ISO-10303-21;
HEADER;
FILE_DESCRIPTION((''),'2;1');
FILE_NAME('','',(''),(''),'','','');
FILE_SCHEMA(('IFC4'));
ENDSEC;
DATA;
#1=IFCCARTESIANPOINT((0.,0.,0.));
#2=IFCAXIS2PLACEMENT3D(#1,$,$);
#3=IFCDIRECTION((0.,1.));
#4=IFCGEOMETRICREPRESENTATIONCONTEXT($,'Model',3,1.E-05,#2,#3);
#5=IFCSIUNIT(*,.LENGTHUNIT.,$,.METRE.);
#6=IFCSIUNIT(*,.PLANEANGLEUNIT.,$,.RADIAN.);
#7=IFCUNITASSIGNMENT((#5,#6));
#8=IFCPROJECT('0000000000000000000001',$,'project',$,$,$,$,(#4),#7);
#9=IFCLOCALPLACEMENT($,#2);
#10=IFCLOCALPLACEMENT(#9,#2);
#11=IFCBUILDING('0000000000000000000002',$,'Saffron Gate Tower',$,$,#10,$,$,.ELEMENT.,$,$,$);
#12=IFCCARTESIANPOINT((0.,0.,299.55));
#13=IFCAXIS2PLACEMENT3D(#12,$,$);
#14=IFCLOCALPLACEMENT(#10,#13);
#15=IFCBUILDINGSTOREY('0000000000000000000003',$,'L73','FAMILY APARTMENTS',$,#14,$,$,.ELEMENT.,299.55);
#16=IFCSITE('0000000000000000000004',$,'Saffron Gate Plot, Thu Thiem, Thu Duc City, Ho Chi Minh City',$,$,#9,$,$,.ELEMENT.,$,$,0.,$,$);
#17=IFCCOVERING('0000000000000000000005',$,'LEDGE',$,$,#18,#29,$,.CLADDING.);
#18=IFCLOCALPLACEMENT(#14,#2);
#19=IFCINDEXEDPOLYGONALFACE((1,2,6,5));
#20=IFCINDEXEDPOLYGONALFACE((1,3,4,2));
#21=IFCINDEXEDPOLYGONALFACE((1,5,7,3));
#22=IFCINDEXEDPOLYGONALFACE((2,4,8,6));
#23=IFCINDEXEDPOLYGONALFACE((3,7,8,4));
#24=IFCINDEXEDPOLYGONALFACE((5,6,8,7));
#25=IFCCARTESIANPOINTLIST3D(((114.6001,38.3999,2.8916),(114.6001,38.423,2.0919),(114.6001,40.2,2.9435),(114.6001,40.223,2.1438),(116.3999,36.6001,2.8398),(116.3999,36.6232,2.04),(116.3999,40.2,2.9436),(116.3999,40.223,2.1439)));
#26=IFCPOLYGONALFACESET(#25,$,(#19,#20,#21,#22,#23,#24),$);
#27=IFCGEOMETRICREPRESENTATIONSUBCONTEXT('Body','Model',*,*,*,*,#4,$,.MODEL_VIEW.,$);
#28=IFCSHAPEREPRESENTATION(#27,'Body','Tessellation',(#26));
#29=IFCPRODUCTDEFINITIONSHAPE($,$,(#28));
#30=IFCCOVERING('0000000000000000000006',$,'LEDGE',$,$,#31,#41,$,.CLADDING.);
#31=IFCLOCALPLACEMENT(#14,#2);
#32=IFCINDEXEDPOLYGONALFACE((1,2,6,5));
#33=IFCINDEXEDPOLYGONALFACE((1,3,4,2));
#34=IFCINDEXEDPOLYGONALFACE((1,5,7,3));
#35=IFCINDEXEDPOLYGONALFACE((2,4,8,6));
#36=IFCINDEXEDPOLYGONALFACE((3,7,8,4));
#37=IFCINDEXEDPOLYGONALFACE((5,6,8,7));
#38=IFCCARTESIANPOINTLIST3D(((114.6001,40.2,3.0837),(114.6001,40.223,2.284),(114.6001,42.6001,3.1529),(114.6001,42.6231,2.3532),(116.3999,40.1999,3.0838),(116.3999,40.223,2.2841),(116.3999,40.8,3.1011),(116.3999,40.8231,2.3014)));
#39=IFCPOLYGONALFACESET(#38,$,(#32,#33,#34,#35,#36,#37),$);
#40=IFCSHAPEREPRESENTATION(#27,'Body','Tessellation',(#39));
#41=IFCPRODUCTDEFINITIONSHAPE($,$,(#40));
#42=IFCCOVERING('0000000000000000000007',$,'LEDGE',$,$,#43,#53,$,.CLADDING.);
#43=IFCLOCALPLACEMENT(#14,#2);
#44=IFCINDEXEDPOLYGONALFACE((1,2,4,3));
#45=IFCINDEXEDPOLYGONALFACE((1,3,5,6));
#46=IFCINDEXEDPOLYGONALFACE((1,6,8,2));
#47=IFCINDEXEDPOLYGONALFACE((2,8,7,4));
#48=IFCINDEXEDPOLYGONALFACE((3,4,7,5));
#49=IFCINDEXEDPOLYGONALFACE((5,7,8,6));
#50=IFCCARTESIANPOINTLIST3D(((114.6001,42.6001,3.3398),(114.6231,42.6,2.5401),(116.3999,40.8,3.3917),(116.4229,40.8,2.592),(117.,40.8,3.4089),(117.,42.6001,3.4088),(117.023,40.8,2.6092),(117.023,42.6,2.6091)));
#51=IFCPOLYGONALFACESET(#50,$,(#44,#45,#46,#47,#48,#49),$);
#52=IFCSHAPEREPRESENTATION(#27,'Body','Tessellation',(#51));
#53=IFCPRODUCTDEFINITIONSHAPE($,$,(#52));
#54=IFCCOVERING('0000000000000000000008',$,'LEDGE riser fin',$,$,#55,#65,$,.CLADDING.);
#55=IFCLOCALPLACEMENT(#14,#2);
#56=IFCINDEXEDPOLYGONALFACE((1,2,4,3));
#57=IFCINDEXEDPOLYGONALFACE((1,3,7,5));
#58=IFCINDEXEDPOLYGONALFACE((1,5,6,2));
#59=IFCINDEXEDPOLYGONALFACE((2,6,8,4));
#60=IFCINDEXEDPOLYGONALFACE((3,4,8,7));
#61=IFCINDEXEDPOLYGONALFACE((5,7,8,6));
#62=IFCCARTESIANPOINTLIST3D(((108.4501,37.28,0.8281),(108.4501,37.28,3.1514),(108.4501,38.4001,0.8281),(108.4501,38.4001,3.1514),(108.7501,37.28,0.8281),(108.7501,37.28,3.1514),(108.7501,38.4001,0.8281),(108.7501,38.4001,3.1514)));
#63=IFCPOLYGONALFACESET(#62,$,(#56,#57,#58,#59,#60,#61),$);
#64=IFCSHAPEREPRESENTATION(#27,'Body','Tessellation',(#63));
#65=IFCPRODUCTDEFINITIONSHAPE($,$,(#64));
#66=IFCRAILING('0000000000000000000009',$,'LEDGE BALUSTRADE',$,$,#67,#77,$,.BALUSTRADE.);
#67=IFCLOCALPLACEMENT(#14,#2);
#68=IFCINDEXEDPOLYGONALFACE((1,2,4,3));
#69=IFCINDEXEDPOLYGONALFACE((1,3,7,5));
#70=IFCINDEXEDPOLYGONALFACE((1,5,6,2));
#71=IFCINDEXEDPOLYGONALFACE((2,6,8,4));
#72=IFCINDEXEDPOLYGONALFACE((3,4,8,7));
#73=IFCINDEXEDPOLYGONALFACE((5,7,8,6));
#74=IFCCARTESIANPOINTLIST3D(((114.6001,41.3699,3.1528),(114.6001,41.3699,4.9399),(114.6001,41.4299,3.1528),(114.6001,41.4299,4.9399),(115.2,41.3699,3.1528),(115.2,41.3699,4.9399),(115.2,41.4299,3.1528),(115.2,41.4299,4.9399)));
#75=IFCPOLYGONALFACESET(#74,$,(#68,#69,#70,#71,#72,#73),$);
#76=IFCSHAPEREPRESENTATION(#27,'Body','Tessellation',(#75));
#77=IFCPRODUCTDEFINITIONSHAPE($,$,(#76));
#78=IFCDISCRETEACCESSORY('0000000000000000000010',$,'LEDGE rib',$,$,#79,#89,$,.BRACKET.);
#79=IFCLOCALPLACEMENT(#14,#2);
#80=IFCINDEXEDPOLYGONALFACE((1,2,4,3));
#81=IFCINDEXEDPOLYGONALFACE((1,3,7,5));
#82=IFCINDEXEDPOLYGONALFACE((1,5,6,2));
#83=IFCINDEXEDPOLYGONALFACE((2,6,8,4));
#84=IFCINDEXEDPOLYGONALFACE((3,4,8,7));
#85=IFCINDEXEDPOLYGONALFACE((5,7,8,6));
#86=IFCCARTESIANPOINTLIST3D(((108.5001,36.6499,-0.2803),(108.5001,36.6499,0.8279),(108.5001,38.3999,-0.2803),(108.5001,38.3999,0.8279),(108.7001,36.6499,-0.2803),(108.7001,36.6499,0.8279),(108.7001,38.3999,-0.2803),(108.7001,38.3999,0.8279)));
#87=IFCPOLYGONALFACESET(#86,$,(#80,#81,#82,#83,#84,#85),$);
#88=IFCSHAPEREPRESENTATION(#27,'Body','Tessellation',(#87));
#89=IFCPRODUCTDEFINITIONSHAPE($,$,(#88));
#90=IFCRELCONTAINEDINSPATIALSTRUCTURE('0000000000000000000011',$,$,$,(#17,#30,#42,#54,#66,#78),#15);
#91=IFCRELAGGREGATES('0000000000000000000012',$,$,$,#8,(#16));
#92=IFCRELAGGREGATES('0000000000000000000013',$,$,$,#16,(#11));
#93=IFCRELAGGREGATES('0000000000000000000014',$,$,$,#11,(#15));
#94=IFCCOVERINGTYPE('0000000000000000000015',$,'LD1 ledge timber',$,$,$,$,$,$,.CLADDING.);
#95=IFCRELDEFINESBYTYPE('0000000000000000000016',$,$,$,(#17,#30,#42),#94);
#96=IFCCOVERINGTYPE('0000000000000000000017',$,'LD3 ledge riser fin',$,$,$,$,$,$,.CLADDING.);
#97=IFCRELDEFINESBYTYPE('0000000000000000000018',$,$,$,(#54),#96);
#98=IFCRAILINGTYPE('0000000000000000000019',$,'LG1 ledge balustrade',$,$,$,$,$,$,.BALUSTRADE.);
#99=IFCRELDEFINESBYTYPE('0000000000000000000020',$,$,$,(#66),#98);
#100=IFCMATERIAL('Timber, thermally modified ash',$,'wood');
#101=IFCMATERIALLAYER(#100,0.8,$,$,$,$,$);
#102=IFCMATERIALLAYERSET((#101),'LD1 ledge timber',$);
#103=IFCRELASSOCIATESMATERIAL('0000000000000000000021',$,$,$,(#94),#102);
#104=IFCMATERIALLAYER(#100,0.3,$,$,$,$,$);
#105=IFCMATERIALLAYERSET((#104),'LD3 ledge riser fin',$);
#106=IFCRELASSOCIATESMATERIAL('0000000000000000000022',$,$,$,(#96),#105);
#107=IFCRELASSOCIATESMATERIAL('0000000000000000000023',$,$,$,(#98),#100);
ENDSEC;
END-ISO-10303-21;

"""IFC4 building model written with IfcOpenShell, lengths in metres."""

from ifc_helpers import new_model, si_unit, direction, frame, origin, origin_2d, place, context, subcontext, project, spatial, polyline, rectangle, outline, extrude, material, layer, layer_set, type_object, element, save


model = new_model("IFC4")

# Units and contexts
model_context = context("Model", 3, precision=1e-05, world=origin(), true_north=direction((0.0, 1.0)))
body_context = subcontext(model_context, "Body", "Model", "MODEL_VIEW")
ifc_project = project(units=[si_unit("LENGTHUNIT", "METRE"), si_unit("PLANEANGLEUNIT", "RADIAN")], contexts=[model_context])

# Site, building, storey
site_placement = place(None, origin())
site = spatial("IfcSite", under=ifc_project, at=site_placement, Name="Saffron Gate Plot, Thu Thiem, Thu Duc City, Ho Chi Minh City", CompositionType="ELEMENT", RefElevation=0.0)
building_placement = place(site_placement, origin())
building = spatial("IfcBuilding", under=site, at=building_placement, Name="Saffron Gate Tower", CompositionType="ELEMENT")
storey_placement = place(building_placement, frame((0.0, 0.0, 299.55)))
storey = spatial("IfcBuildingStorey", under=building, at=storey_placement, Name="L73", Description="FAMILY APARTMENTS", CompositionType="ELEMENT", Elevation=299.55)

# Coverings
ifc_material_1 = material(Name="Timber, thermally modified ash", Category="wood")
ifc_layer_1 = layer(ifc_material_1, 0.8)
ifc_layer_set_1 = layer_set([ifc_layer_1], Name="LD1 ledge timber")
covering_type_1 = type_object("IfcCoveringType", Name="LD1 ledge timber", PredefinedType="CLADDING", material=ifc_layer_set_1)
covering_1_placement = place(storey_placement, frame((114.6001, 38.3999, 2.8916), z_axis=(-0.000044, -0.028833, 0.999584), x_axis=(0.0, 0.999584, 0.028833)))
element("IfcCovering", 1, at=covering_1_placement, inside=storey, type_object=covering_type_1, Name="LEDGE", PredefinedType="CLADDING", context=body_context, shape_type="SweptSolid", body=[
    extrude(outline(polyline([(0.0, 0.0), (1.8008, 0.0), (1.8008, -1.7998), (-1.8005, -1.7998), (0.0, 0.0)])), origin(), (0.0, 0.0, -1.0), 0.8),
])
covering_2_placement = place(storey_placement, frame((114.6001, 40.2, 3.0837), z_axis=(-0.000026, -0.028794, 0.999585), x_axis=(0.0, 0.999585, 0.028794)))
element("IfcCovering", 2, at=covering_2_placement, inside=storey, type_object=covering_type_1, Name="LEDGE", PredefinedType="CLADDING", context=body_context, shape_type="SweptSolid", body=[
    extrude(outline(polyline([(0.0, 0.0), (2.4011, 0.0), (0.6003, -1.7998), (0.0, -1.7998), (0.0, 0.0)])), origin(), (0.0, 0.0, -1.0), 0.8),
])
covering_3_placement = place(storey_placement, frame((114.6001, 42.6001, 3.3398), z_axis=(-0.028715, 0.000083, 0.999588), x_axis=(0.999588, 0.0, 0.028715)))
element("IfcCovering", 3, at=covering_3_placement, inside=storey, type_object=covering_type_1, Name="LEDGE", PredefinedType="CLADDING", context=body_context, shape_type="SweptSolid", body=[
    extrude(outline(polyline([(0.0, 0.0), (2.4009, 0.0), (2.4009, -1.8), (1.8006, -1.8), (0.0, 0.0)])), origin(), (0.0, 0.0, -1.0), 0.8),
])
ifc_layer_2 = layer(ifc_material_1, 0.3)
ifc_layer_set_2 = layer_set([ifc_layer_2], Name="LD3 ledge riser fin")
covering_type_2 = type_object("IfcCoveringType", Name="LD3 ledge riser fin", PredefinedType="CLADDING", material=ifc_layer_set_2)
covering_4_placement = place(storey_placement, frame((108.6001, 37.8401, 0.8281), z_axis=(0.0, 0.0, 1.0), x_axis=(1.0, 0.0, 0.0)))
element("IfcCovering", 4, at=covering_4_placement, inside=storey, type_object=covering_type_2, Name="LEDGE riser fin", PredefinedType="CLADDING", context=body_context, shape_type="SweptSolid", body=[
    extrude(rectangle(XDim=0.3, YDim=1.1201, at=origin_2d()), origin(), (0.0, 0.0, 1.0), 2.3232),
])

# Railing
railing_type = type_object("IfcRailingType", Name="LG1 ledge balustrade", PredefinedType="BALUSTRADE", material=ifc_material_1)
railing_placement = place(storey_placement, frame((114.6001, 41.3999, 3.1528)))
element("IfcRailing", 5, at=railing_placement, inside=storey, type_object=railing_type, Name="LEDGE BALUSTRADE", PredefinedType="BALUSTRADE", context=body_context, shape_type="SweptSolid", body=[
    extrude(rectangle(XDim=0.0601, YDim=1.7871, at=origin_2d()), frame((0.0, 0.0, 0.8936), z_axis=(1.0, 0.0, 0.0), x_axis=(0.0, 1.0, 0.0)), (0.0, 0.0, 1.0), 0.5999),
])

# Discrete accessory
discrete_accessory_placement = place(storey_placement, frame((108.6001, 37.5249, -0.2803), z_axis=(0.0, 0.0, 1.0), x_axis=(1.0, 0.0, 0.0)))
element("IfcDiscreteAccessory", 6, at=discrete_accessory_placement, inside=storey, Name="LEDGE rib", PredefinedType="BRACKET", context=body_context, shape_type="SweptSolid", body=[
    extrude(rectangle(XDim=0.2, YDim=1.75, at=origin_2d()), origin(), (0.0, 0.0, 1.0), 1.1082),
])

save(model, "model.ifc")
